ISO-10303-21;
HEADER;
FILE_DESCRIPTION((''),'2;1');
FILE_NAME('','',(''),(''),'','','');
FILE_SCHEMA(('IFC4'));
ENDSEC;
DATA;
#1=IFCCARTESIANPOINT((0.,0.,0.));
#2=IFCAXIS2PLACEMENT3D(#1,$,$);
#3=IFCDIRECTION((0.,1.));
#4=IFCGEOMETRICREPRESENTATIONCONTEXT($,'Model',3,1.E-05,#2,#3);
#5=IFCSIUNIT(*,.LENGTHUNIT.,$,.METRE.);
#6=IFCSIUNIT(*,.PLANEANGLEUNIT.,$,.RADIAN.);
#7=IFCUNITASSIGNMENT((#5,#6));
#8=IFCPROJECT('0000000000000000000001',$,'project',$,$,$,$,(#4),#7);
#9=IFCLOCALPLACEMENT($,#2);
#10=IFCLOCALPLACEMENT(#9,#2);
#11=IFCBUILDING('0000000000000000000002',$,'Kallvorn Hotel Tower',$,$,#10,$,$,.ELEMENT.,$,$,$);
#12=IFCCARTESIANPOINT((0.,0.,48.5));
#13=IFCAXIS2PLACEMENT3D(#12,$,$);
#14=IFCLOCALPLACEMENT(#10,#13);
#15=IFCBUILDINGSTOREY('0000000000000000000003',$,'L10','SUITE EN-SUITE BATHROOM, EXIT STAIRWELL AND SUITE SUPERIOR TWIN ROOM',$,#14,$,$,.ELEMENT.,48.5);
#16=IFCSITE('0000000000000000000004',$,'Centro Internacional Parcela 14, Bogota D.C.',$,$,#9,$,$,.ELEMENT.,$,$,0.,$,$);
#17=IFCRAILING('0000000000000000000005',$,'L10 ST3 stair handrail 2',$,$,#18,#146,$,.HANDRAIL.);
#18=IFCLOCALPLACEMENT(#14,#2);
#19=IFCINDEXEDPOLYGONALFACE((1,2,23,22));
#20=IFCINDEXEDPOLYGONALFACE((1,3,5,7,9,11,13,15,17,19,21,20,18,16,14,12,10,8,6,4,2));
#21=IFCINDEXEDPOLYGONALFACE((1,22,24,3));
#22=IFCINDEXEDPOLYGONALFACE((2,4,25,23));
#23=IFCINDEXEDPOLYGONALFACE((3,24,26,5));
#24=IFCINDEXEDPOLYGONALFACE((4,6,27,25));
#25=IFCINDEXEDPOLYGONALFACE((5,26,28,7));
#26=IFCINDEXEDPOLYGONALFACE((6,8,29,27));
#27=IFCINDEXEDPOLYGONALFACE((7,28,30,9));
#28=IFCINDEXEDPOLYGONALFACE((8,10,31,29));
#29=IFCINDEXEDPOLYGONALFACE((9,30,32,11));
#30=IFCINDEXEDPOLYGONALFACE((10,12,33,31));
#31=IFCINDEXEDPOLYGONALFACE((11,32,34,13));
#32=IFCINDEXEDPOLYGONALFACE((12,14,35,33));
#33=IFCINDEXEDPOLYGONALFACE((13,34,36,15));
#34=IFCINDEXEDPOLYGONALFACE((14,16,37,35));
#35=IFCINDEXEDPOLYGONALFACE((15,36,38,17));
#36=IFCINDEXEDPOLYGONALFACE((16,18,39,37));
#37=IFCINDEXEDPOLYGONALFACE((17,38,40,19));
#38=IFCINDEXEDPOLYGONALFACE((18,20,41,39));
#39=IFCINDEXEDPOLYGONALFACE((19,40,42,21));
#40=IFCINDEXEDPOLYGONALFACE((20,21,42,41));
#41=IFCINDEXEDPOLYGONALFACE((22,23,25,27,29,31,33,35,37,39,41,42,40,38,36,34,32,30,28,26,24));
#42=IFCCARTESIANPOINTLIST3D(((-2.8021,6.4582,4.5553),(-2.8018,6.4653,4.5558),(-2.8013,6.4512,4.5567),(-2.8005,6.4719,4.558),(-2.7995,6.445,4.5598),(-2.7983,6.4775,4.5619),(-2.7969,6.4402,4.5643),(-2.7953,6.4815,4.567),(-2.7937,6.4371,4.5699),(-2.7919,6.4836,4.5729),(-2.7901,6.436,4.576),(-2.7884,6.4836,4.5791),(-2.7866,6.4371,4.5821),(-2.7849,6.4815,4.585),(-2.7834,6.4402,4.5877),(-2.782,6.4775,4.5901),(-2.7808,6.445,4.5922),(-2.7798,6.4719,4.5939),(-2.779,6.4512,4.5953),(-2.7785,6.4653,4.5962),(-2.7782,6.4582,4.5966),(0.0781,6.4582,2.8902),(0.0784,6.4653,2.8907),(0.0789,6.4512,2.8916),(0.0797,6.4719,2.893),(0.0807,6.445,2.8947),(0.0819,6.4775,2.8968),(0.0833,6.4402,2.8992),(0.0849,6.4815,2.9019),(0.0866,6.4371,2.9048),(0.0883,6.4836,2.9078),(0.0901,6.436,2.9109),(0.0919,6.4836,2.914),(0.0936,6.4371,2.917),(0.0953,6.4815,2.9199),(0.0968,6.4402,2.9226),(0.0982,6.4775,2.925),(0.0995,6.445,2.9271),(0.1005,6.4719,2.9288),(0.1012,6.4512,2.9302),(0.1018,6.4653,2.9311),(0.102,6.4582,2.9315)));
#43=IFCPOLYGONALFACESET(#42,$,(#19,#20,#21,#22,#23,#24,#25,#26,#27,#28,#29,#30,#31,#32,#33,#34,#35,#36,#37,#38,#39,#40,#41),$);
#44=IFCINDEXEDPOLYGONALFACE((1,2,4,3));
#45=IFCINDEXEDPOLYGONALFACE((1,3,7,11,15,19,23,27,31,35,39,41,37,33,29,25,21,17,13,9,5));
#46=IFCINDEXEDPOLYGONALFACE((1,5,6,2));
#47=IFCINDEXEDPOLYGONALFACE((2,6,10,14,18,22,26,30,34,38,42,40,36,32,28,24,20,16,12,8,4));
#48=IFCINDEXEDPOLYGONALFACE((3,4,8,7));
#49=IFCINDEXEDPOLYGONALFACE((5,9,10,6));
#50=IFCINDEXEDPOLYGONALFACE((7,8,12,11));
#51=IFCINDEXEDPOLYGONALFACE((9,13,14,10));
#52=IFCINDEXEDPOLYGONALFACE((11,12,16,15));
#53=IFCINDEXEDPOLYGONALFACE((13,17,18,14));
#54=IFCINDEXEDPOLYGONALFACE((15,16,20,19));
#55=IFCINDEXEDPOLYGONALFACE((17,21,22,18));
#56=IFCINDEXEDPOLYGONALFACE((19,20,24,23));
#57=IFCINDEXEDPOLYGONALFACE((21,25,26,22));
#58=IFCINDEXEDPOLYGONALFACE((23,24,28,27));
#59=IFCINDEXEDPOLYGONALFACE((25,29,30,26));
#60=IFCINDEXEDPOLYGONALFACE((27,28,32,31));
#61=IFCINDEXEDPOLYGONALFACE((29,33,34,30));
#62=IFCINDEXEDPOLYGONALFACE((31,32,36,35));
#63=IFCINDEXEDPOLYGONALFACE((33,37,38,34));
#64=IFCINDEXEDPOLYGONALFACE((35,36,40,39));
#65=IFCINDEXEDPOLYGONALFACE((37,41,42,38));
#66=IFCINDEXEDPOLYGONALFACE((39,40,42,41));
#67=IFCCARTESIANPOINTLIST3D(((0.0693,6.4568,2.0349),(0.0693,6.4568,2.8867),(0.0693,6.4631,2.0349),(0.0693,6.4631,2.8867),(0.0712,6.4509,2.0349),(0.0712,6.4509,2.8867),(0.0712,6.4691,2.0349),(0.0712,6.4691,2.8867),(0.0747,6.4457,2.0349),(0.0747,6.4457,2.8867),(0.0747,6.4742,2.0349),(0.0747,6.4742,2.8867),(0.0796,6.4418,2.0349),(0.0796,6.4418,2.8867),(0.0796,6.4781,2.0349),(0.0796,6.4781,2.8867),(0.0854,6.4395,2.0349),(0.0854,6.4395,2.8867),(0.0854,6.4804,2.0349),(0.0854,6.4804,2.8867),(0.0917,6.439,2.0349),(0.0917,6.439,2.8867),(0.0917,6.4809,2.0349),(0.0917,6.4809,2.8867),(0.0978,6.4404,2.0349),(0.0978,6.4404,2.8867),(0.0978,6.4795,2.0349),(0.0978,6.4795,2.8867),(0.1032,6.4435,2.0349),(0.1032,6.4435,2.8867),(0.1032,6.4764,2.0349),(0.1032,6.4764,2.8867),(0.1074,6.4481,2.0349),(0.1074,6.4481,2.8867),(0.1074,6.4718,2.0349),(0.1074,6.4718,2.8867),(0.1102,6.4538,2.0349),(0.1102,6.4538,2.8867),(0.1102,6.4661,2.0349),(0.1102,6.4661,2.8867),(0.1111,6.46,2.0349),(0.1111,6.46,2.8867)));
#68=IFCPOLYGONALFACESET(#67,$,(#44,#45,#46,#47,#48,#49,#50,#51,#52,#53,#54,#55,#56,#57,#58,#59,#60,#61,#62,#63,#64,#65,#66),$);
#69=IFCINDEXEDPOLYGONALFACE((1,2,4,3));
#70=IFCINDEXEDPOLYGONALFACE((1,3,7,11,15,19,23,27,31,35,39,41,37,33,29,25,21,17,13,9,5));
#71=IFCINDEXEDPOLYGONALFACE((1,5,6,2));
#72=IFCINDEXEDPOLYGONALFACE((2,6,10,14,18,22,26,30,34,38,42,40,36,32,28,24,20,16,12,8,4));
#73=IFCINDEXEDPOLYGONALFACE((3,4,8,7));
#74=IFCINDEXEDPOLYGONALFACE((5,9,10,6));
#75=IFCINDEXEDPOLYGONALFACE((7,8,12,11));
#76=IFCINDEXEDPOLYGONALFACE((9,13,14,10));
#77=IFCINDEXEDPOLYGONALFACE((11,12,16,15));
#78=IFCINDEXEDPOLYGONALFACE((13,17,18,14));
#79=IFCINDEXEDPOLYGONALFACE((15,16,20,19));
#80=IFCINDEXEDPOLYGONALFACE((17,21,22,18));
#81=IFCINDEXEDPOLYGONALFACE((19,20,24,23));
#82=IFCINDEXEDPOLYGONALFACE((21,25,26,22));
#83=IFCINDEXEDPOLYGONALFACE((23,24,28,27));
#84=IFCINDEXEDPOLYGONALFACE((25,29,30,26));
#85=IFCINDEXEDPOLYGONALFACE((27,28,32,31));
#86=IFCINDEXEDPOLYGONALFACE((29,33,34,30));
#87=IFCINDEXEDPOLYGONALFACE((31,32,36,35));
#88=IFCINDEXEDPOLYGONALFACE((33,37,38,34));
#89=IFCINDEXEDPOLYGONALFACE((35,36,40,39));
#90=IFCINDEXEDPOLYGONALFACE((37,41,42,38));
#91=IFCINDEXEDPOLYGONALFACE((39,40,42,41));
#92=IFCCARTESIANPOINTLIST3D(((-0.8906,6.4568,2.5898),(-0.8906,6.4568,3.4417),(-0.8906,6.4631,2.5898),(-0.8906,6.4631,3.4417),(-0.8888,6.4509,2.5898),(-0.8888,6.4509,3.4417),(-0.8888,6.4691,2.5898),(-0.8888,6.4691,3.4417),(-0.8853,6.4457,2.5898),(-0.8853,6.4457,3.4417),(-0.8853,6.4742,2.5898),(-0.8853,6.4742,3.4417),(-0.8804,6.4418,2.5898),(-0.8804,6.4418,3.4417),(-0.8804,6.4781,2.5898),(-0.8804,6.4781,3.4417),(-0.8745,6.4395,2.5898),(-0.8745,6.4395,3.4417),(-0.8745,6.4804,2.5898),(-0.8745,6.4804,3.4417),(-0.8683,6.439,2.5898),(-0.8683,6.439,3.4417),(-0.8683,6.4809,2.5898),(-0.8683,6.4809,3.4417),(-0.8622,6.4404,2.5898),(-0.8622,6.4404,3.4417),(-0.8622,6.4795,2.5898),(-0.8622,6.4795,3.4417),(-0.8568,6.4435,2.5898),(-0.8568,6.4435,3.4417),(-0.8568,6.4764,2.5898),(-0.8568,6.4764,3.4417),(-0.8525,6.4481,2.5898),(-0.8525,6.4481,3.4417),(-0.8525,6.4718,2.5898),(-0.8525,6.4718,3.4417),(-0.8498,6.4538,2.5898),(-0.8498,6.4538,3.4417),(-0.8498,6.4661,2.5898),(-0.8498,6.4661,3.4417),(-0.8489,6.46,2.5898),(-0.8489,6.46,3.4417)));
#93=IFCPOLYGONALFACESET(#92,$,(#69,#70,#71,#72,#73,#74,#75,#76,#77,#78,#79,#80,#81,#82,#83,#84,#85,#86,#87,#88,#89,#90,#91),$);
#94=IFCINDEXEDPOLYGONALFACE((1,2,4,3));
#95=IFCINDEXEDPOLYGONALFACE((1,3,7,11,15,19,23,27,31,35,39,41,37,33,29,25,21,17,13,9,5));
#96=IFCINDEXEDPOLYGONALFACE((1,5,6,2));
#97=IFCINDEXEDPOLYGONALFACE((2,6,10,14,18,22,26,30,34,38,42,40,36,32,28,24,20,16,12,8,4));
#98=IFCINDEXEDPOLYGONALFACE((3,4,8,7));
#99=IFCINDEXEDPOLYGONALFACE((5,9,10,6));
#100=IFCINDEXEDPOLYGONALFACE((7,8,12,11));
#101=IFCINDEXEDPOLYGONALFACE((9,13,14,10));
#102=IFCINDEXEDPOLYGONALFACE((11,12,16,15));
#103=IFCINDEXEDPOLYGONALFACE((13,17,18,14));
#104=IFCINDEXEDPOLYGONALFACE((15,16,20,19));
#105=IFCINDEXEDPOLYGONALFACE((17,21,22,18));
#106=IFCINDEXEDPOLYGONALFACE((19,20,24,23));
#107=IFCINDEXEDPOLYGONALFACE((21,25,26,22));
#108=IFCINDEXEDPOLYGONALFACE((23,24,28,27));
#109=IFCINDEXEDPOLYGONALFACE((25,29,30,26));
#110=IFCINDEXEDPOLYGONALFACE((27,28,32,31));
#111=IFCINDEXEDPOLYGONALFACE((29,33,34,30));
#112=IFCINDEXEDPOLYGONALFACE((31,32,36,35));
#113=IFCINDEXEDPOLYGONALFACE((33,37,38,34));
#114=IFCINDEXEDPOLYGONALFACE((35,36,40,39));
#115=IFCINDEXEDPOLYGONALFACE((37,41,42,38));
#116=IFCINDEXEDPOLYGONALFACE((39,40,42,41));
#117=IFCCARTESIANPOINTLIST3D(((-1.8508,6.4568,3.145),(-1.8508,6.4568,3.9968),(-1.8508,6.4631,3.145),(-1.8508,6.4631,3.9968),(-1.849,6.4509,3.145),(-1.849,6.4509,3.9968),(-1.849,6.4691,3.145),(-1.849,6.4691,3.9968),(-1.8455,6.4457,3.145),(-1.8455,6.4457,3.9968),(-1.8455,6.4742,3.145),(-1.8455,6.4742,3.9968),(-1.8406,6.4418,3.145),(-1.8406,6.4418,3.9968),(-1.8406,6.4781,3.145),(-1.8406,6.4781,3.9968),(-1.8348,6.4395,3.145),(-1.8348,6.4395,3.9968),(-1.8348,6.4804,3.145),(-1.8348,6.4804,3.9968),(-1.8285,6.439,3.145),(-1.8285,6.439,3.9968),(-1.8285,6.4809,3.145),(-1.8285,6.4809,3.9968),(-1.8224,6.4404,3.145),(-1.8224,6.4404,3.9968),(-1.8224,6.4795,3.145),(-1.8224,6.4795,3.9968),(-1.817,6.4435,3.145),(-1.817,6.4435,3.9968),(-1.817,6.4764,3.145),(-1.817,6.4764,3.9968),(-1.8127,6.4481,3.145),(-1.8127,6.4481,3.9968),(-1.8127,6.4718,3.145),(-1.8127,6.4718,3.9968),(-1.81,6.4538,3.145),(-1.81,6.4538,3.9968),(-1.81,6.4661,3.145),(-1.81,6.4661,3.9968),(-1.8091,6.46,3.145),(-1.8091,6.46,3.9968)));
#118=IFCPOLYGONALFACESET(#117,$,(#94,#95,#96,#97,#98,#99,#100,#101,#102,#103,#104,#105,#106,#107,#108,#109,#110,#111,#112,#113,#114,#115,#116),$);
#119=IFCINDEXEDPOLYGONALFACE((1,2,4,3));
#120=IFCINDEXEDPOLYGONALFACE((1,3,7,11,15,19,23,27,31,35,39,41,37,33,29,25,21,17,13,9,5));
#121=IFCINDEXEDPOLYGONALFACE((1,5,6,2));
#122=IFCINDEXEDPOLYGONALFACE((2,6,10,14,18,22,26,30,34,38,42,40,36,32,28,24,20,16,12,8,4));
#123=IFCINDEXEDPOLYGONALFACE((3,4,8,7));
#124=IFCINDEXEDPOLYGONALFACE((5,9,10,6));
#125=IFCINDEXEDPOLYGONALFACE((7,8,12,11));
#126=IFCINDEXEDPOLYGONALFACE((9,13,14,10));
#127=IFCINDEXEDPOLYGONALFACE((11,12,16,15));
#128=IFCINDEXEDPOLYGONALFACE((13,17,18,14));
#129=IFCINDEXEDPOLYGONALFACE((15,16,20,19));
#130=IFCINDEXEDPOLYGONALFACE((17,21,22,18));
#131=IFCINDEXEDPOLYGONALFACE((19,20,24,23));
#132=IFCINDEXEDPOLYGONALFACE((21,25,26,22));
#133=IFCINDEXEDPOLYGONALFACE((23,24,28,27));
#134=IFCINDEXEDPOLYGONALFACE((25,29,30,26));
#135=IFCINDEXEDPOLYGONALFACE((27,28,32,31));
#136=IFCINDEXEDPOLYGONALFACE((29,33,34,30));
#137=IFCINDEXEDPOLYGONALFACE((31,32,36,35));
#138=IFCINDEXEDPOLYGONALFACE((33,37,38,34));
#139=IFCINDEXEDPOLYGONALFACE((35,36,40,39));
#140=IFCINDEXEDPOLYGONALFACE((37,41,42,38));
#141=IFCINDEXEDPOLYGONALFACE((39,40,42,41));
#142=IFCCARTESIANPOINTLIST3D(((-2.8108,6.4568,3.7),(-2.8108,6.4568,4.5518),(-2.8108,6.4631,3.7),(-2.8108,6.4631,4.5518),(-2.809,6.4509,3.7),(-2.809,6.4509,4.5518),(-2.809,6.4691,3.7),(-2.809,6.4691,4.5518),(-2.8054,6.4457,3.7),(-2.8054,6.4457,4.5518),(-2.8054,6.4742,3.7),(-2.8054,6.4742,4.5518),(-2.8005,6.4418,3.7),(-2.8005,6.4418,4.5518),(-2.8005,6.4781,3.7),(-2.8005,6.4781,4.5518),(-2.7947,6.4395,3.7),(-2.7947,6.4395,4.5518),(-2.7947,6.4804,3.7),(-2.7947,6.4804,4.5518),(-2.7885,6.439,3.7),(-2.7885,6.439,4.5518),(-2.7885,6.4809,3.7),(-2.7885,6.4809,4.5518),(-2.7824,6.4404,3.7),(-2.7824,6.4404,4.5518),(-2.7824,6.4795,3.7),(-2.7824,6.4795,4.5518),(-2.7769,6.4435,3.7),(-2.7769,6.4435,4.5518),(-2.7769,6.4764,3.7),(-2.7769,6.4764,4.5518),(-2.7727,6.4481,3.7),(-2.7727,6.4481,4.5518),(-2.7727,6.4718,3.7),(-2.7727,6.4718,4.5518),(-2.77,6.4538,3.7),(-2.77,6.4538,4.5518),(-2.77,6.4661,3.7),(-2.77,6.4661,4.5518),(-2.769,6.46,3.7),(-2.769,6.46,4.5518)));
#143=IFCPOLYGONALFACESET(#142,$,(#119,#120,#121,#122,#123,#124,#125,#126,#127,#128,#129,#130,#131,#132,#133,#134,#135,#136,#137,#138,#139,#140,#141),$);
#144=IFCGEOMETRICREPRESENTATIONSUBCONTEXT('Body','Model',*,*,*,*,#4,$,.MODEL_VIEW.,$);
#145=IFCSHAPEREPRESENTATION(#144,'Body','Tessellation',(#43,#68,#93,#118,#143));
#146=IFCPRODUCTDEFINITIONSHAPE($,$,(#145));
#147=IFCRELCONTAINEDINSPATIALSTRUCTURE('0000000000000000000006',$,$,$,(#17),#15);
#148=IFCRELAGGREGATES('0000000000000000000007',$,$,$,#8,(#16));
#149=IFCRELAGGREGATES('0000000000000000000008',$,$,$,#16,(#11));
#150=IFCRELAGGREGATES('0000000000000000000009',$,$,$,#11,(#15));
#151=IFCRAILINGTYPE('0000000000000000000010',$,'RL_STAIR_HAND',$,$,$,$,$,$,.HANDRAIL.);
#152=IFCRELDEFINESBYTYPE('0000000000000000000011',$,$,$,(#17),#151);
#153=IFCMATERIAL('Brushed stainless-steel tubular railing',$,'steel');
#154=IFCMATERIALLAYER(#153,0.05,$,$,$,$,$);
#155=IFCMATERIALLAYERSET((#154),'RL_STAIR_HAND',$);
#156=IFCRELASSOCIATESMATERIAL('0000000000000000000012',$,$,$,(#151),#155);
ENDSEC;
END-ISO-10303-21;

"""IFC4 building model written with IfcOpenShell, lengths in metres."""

from ifc_helpers import new_model, si_unit, direction, frame, origin, origin_2d, place, context, subcontext, project, spatial, circle, extrude, material, layer, layer_set, type_object, element, save


model = new_model("IFC4")

# Units and contexts
model_context = context("Model", 3, precision=1e-05, world=origin(), true_north=direction((0.0, 1.0)))
body_context = subcontext(model_context, "Body", "Model", "MODEL_VIEW")
ifc_project = project(units=[si_unit("LENGTHUNIT", "METRE"), si_unit("PLANEANGLEUNIT", "RADIAN")], contexts=[model_context])

# Site, building, storey
site_placement = place(None, origin())
site = spatial("IfcSite", under=ifc_project, at=site_placement, Name="Centro Internacional Parcela 14, Bogota D.C.", CompositionType="ELEMENT", RefElevation=0.0)
building_placement = place(site_placement, origin())
building = spatial("IfcBuilding", under=site, at=building_placement, Name="Kallvorn Hotel Tower", CompositionType="ELEMENT")
storey_placement = place(building_placement, frame((0.0, 0.0, 48.5)))
storey = spatial("IfcBuildingStorey", under=building, at=storey_placement, Name="L10", Description="SUITE EN-SUITE BATHROOM, EXIT STAIRWELL AND SUITE SUPERIOR TWIN ROOM", CompositionType="ELEMENT", Elevation=48.5)

# Railing
ifc_material_1 = material(Name="Brushed stainless-steel tubular railing", Category="steel")
ifc_layer_1 = layer(ifc_material_1, 0.05)
ifc_layer_set_1 = layer_set([ifc_layer_1], Name="RL_STAIR_HAND")
railing_type_1 = type_object("IfcRailingType", Name="RL_STAIR_HAND", PredefinedType="HANDRAIL", material=ifc_layer_set_1)
railing_1_placement = place(storey_placement, frame((0.0901, 6.46, 2.0349)))
element("IfcRailing", 1, at=railing_1_placement, inside=storey, type_object=railing_type_1, Name="L10 ST3 stair handrail 2", PredefinedType="HANDRAIL", context=body_context, shape_type="SweptSolid", body=[
    extrude(circle(Radius=0.0239, at=origin_2d()), frame((0.0, 0.0, 0.876), z_axis=(-0.865739, 0.0, 0.500495), x_axis=(0.0, -1.0, 0.0)), (0.0, 0.0, 1.0), 3.3269),
    extrude(circle(Radius=0.021, at=origin_2d()), origin(), (0.0, 0.0, 1.0), 0.8518),
    extrude(circle(Radius=0.021, at=origin_2d()), frame((-0.96, 0.0, 0.5549)), (0.0, 0.0, 1.0), 0.8518),
    extrude(circle(Radius=0.021, at=origin_2d()), frame((-1.9202, 0.0, 1.1101)), (0.0, 0.0, 1.0), 0.8518),
    extrude(circle(Radius=0.021, at=origin_2d()), frame((-2.8801, 0.0, 1.665)), (0.0, 0.0, 1.0), 0.8518),
])

save(model, "model.ifc")
